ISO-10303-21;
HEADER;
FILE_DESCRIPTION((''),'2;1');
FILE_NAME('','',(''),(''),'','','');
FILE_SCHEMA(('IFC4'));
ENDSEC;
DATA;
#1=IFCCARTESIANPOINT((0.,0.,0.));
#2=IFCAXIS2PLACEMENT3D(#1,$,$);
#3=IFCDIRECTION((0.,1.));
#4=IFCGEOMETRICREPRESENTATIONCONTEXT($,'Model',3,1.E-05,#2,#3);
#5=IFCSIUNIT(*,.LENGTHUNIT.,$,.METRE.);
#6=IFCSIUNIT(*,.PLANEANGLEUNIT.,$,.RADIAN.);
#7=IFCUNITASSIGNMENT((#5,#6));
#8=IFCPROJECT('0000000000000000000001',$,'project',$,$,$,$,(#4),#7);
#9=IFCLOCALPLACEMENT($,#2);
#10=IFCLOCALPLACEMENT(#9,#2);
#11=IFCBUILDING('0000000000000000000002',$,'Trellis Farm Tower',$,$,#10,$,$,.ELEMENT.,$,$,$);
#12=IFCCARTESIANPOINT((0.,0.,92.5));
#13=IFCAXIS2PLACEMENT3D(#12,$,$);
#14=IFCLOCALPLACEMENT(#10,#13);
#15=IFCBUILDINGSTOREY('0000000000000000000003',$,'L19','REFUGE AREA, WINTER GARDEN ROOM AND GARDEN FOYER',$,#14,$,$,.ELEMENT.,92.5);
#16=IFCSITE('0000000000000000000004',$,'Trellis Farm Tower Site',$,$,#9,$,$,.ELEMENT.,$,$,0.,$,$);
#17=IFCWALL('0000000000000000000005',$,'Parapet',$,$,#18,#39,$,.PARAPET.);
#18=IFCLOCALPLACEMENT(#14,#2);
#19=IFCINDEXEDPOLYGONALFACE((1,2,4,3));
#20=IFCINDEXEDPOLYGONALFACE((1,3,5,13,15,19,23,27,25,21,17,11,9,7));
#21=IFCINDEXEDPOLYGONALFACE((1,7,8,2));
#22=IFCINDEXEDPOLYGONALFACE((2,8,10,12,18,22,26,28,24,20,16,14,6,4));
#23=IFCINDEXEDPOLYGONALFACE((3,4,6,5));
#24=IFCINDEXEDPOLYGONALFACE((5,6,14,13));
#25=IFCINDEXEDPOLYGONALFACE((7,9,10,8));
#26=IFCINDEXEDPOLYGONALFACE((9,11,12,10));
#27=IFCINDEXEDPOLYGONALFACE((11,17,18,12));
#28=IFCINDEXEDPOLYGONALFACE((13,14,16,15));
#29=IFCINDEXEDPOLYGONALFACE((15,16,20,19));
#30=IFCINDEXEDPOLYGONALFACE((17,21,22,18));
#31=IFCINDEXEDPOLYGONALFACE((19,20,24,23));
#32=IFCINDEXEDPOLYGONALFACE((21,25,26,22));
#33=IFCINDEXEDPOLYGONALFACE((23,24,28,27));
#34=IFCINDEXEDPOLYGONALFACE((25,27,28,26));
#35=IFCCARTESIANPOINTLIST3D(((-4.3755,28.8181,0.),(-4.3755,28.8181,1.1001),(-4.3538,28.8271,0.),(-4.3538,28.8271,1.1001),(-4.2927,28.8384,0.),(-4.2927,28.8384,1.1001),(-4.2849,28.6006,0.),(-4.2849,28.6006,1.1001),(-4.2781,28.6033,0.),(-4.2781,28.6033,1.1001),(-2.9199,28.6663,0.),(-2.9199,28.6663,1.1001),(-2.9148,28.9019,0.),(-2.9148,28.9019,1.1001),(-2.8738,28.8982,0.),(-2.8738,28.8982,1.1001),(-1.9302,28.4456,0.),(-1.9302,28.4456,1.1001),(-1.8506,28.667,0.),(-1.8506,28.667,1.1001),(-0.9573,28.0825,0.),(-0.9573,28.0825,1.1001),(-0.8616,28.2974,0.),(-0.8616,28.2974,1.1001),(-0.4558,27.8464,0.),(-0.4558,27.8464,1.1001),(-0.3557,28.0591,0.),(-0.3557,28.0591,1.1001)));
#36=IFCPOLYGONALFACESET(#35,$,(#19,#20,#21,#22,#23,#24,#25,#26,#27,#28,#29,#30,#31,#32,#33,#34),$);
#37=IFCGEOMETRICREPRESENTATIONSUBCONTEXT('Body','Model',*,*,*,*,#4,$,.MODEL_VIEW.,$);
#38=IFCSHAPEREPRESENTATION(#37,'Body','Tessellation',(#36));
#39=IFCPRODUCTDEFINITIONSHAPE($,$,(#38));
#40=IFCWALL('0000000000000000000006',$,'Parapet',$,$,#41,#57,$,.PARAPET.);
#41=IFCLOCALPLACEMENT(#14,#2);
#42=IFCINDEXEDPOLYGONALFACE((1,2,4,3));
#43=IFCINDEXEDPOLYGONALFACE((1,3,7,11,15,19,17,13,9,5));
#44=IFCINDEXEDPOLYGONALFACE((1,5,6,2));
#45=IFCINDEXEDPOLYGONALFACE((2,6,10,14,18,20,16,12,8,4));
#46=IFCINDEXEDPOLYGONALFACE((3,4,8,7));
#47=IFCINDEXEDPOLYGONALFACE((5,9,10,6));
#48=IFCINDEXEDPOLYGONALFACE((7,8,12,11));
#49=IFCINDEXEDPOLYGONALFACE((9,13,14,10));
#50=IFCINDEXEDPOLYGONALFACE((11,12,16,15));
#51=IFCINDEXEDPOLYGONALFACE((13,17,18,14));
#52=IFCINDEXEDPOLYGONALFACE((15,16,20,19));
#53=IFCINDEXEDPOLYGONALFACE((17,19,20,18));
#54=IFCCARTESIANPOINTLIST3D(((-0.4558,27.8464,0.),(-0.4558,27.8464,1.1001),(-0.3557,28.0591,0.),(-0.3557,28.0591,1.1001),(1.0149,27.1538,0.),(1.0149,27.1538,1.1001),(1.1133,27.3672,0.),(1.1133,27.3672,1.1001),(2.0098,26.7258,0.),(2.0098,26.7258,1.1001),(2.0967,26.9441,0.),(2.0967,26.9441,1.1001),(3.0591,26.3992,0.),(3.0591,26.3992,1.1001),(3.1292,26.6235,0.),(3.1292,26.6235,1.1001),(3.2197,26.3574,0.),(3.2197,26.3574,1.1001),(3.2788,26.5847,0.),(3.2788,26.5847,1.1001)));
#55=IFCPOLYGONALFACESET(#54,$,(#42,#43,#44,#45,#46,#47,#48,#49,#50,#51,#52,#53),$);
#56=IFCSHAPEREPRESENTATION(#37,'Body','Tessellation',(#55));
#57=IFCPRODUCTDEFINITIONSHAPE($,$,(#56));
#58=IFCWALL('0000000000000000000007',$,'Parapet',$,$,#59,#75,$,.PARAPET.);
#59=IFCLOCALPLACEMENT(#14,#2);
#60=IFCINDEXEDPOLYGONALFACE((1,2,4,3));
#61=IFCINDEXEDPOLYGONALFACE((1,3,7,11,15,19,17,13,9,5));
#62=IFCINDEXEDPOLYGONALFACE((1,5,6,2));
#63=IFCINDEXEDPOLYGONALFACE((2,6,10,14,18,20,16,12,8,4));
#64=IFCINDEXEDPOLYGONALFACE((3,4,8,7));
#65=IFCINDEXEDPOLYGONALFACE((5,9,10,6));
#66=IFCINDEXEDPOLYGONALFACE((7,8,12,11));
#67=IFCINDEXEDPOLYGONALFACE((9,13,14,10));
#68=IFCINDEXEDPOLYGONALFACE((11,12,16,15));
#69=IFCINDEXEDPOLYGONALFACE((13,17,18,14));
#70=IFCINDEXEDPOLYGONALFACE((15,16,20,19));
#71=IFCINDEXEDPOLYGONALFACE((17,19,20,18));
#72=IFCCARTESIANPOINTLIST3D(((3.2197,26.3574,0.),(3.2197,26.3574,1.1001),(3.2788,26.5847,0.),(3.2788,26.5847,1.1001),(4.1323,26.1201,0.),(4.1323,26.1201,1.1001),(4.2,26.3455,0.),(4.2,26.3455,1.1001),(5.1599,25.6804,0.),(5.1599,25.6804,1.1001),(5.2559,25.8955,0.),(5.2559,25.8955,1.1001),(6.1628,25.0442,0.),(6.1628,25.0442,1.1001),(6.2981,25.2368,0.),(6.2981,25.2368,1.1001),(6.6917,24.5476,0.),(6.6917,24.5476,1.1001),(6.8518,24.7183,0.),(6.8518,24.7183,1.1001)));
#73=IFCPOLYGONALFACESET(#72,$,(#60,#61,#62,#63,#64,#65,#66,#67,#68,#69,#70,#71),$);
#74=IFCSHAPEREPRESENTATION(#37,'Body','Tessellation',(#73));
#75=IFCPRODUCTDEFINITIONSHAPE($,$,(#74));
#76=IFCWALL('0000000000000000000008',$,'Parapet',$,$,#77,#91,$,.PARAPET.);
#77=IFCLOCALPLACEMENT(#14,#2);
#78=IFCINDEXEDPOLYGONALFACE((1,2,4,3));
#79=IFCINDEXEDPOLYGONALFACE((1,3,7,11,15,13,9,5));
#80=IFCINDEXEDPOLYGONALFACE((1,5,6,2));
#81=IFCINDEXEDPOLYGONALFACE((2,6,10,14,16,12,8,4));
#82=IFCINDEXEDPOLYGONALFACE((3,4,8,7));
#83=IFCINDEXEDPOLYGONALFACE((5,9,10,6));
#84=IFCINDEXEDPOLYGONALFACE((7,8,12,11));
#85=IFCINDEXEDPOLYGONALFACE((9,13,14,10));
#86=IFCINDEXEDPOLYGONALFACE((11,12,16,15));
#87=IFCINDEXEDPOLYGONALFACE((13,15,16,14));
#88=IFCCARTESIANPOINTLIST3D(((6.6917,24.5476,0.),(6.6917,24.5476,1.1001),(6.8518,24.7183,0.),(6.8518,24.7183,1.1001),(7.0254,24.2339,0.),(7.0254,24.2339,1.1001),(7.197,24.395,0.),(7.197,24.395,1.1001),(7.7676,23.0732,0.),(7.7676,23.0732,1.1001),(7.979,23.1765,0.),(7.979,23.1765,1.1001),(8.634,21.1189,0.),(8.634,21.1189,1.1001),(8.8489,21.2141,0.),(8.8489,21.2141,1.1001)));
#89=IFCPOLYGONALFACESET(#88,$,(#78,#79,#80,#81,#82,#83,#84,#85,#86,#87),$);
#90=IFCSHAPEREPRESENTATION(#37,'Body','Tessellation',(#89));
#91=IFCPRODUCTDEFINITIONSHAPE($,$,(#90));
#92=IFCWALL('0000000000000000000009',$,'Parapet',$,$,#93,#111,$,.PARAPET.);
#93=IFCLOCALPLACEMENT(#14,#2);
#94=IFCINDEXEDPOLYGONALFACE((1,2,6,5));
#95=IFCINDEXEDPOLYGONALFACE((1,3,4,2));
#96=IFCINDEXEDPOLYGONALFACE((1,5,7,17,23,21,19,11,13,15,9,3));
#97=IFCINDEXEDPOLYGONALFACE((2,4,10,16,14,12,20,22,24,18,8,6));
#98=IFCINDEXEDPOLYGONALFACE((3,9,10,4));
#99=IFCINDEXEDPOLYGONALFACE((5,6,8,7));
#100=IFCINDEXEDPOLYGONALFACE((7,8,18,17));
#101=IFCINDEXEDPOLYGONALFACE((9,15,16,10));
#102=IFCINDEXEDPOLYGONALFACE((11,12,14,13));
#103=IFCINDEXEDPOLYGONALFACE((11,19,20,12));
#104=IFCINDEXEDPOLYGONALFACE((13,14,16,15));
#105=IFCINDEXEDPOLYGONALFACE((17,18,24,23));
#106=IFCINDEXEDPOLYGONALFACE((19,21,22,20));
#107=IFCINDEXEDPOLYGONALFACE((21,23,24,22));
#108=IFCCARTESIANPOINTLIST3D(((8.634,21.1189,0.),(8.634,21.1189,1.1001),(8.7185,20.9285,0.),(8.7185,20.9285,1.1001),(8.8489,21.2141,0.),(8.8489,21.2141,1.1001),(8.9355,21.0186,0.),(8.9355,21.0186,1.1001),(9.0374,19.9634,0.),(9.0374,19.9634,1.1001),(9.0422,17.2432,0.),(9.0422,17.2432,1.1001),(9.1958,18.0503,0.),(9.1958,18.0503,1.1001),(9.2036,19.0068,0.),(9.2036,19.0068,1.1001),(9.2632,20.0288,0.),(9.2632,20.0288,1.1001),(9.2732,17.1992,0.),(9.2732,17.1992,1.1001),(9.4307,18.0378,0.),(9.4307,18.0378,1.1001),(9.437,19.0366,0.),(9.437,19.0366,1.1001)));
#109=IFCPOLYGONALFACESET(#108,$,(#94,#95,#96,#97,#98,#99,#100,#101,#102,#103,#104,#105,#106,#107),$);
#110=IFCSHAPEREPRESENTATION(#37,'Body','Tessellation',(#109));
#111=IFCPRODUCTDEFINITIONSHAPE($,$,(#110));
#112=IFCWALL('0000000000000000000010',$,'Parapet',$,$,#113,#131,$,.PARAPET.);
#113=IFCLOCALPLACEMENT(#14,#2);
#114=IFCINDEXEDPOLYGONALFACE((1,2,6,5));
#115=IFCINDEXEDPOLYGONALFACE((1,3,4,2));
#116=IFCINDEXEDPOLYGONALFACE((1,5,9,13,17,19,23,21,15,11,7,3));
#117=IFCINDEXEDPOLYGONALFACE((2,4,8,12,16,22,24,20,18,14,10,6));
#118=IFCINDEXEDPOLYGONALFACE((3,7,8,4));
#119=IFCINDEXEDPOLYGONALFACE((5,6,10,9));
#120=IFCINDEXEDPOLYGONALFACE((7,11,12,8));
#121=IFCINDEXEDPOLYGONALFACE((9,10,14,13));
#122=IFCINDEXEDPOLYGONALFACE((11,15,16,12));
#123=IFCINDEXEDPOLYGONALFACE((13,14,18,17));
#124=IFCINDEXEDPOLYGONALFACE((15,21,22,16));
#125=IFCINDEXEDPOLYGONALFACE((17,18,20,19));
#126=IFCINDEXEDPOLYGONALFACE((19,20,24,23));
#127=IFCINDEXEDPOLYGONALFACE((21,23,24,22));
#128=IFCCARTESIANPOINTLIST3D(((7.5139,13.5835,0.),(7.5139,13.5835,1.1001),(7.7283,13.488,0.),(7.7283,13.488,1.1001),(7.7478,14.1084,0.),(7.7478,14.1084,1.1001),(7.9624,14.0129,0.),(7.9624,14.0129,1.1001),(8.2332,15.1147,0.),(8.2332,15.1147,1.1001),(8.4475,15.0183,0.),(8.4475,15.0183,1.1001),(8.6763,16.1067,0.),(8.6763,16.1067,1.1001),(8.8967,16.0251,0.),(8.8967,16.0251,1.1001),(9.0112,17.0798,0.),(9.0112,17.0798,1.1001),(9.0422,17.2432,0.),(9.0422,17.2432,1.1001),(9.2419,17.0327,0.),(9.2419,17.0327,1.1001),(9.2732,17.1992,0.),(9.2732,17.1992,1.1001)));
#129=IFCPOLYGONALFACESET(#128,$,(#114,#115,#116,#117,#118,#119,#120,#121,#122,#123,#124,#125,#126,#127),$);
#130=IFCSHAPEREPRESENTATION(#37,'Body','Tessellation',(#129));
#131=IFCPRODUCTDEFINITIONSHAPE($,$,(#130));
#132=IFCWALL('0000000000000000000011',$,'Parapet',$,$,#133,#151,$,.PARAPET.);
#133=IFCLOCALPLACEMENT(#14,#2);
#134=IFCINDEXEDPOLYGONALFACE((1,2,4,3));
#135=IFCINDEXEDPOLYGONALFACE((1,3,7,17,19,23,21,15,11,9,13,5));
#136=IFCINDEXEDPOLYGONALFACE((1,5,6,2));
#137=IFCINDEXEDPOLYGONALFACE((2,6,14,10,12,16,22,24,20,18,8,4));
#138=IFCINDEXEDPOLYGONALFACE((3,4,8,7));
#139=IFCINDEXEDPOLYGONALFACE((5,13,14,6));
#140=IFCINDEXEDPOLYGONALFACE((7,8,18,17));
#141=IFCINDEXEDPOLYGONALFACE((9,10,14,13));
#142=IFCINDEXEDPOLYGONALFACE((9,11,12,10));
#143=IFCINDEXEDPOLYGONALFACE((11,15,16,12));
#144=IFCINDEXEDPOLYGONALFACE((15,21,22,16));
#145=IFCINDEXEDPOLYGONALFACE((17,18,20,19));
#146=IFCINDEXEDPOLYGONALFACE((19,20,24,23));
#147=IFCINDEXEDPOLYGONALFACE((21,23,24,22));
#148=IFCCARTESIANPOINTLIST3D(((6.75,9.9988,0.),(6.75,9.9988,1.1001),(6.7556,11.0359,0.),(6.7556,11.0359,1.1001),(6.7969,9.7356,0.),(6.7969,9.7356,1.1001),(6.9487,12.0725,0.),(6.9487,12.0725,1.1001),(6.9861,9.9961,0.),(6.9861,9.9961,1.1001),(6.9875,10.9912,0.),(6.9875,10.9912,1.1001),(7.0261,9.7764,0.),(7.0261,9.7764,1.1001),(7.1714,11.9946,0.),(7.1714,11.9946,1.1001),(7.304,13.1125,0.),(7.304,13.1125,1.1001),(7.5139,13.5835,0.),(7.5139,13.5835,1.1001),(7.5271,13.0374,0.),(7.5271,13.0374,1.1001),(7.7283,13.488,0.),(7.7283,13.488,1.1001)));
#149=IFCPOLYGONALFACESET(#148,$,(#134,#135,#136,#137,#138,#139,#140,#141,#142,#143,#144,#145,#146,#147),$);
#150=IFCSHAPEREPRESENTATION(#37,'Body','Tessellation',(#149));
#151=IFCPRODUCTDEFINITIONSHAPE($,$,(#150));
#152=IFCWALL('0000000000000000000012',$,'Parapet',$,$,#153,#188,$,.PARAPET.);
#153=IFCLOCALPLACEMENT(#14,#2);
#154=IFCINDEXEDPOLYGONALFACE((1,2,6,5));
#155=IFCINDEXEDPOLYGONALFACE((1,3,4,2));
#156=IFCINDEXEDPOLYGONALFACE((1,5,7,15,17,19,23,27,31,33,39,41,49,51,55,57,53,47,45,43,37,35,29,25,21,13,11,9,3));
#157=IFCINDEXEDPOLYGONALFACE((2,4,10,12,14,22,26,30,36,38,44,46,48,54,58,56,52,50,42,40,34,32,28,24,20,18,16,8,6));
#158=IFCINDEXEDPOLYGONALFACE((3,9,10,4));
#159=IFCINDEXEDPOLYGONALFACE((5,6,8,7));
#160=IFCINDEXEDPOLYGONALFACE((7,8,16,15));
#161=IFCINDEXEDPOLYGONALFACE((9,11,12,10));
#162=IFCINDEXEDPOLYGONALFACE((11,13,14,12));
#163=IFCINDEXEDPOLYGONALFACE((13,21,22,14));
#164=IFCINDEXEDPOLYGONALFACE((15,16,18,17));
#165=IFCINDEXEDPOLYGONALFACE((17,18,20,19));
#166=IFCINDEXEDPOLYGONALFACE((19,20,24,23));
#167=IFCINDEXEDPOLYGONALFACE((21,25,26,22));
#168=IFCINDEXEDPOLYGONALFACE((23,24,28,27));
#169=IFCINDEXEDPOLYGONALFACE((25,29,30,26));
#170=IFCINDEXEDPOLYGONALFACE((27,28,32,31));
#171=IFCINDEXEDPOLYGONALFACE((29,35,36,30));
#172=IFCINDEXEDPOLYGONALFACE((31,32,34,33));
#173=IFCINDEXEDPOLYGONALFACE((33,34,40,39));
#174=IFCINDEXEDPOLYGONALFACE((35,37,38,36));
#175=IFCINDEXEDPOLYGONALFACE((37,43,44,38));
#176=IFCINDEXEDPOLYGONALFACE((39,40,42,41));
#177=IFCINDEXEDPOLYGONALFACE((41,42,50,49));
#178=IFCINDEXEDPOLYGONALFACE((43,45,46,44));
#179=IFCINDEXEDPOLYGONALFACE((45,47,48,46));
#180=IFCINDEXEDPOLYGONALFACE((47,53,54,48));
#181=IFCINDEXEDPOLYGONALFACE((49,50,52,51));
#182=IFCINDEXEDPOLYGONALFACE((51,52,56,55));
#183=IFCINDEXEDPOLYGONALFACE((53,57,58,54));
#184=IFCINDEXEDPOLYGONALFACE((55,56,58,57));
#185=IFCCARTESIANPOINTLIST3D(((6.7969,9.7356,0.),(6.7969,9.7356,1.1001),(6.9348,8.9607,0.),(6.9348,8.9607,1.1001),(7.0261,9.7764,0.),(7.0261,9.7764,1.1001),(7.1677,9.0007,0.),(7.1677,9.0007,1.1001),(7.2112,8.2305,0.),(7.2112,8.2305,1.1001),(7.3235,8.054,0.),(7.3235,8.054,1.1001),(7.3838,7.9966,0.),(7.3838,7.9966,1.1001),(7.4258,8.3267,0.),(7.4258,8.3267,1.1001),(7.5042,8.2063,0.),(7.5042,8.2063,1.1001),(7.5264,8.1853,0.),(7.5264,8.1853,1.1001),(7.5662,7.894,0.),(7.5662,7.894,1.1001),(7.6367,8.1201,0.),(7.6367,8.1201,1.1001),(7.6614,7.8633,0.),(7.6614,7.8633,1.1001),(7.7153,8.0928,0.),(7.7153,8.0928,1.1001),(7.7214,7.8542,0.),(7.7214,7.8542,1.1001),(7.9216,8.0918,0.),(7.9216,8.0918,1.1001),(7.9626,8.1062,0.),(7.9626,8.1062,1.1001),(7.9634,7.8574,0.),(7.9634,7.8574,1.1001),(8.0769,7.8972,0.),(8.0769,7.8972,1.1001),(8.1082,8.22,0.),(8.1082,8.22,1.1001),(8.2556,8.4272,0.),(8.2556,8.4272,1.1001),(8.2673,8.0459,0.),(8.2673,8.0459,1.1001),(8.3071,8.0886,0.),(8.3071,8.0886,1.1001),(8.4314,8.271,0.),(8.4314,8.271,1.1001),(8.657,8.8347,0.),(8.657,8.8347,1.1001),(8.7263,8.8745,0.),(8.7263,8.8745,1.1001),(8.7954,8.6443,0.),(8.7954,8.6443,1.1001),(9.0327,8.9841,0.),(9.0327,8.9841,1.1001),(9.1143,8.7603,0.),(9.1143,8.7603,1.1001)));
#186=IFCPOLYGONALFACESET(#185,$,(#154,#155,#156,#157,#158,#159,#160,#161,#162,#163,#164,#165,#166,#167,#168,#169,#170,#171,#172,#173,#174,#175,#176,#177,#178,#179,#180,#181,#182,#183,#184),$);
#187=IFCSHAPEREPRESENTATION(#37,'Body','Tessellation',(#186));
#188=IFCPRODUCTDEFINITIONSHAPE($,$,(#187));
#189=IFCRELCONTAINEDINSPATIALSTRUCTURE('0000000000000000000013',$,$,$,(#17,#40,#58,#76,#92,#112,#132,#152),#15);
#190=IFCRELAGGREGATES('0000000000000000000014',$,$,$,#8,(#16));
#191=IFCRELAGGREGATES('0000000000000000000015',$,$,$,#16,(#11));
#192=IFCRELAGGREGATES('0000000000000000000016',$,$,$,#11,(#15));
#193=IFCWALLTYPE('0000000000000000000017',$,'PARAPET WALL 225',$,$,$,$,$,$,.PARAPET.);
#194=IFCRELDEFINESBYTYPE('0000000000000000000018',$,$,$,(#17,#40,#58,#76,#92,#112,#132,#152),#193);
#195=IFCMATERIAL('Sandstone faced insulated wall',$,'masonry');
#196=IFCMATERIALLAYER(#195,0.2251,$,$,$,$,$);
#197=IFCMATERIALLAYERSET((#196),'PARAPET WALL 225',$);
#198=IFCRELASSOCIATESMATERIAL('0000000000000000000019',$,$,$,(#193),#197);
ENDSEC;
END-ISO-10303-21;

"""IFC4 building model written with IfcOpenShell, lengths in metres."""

from ifc_helpers import new_model, si_unit, direction, frame, origin, place, context, subcontext, project, spatial, polyline, outline, extrude, material, layer, layer_set, type_object, element, save


model = new_model("IFC4")

# Units and contexts
model_context = context("Model", 3, precision=1e-05, world=origin(), true_north=direction((0.0, 1.0)))
body_context = subcontext(model_context, "Body", "Model", "MODEL_VIEW")
ifc_project = project(units=[si_unit("LENGTHUNIT", "METRE"), si_unit("PLANEANGLEUNIT", "RADIAN")], contexts=[model_context])

# Site, building, storey
site_placement = place(None, origin())
site = spatial("IfcSite", under=ifc_project, at=site_placement, Name="Trellis Farm Tower Site", CompositionType="ELEMENT", RefElevation=0.0)
building_placement = place(site_placement, origin())
building = spatial("IfcBuilding", under=site, at=building_placement, Name="Trellis Farm Tower", CompositionType="ELEMENT")
storey_placement = place(building_placement, frame((0.0, 0.0, 92.5)))
storey = spatial("IfcBuildingStorey", under=building, at=storey_placement, Name="L19", Description="REFUGE AREA, WINTER GARDEN ROOM AND GARDEN FOYER", CompositionType="ELEMENT", Elevation=92.5)

# Walls
ifc_material_1 = material(Name="Sandstone faced insulated wall", Category="masonry")
ifc_layer_1 = layer(ifc_material_1, 0.2251)
ifc_layer_set_1 = layer_set([ifc_layer_1], Name="PARAPET WALL 225")
wall_type = type_object("IfcWallType", Name="PARAPET WALL 225", PredefinedType="PARAPET", material=ifc_layer_set_1)
placement = place(storey_placement, origin())
element("IfcWall", 1, at=placement, inside=storey, type_object=wall_type, Name="Parapet", PredefinedType="PARAPET", context=body_context, shape_type="SweptSolid", body=[
    extrude(outline(polyline([(-4.3755, 28.8181), (-4.3538, 28.8271), (-4.2927, 28.8384), (-2.9148, 28.9019), (-2.8738, 28.8982), (-1.8506, 28.667), (-0.8616, 28.2974), (-0.3557, 28.0591), (-0.4558, 27.8464), (-0.9573, 28.0825), (-1.9302, 28.4456), (-2.9199, 28.6663), (-4.2781, 28.6033), (-4.2849, 28.6006), (-4.3755, 28.8181)])), origin(), (0.0, 0.0, 1.0), 1.1001),
])
element("IfcWall", 2, at=placement, inside=storey, type_object=wall_type, Name="Parapet", PredefinedType="PARAPET", context=body_context, shape_type="SweptSolid", body=[
    extrude(outline(polyline([(-0.3557, 28.0591), (1.1133, 27.3672), (2.0967, 26.9441), (3.1292, 26.6235), (3.2788, 26.5847), (3.2197, 26.3574), (3.0591, 26.3992), (2.0098, 26.7258), (1.0149, 27.1538), (-0.4558, 27.8464), (-0.3557, 28.0591)])), origin(), (0.0, 0.0, 1.0), 1.1001),
])
element("IfcWall", 3, at=placement, inside=storey, type_object=wall_type, Name="Parapet", PredefinedType="PARAPET", context=body_context, shape_type="SweptSolid", body=[
    extrude(outline(polyline([(3.2788, 26.5847), (4.2, 26.3455), (5.2559, 25.8955), (6.2981, 25.2368), (6.8518, 24.7183), (6.6917, 24.5476), (6.1628, 25.0442), (5.1599, 25.6804), (4.1323, 26.1201), (3.2197, 26.3574), (3.2788, 26.5847)])), origin(), (0.0, 0.0, 1.0), 1.1001),
])
element("IfcWall", 4, at=placement, inside=storey, type_object=wall_type, Name="Parapet", PredefinedType="PARAPET", context=body_context, shape_type="SweptSolid", body=[
    extrude(outline(polyline([(6.8518, 24.7183), (7.197, 24.395), (7.979, 23.1765), (8.8489, 21.2141), (8.634, 21.1189), (7.7676, 23.0732), (7.0254, 24.2339), (6.6917, 24.5476), (6.8518, 24.7183)])), origin(), (0.0, 0.0, 1.0), 1.1001),
])
element("IfcWall", 5, at=placement, inside=storey, type_object=wall_type, Name="Parapet", PredefinedType="PARAPET", context=body_context, shape_type="SweptSolid", body=[
    extrude(outline(polyline([(8.8489, 21.2141), (8.9355, 21.0186), (9.2632, 20.0288), (9.437, 19.0366), (9.4307, 18.0378), (9.2732, 17.1992), (9.0422, 17.2432), (9.1958, 18.0503), (9.2036, 19.0068), (9.0374, 19.9634), (8.7185, 20.9285), (8.634, 21.1189), (8.8489, 21.2141)])), origin(), (0.0, 0.0, 1.0), 1.1001),
])
element("IfcWall", 6, at=placement, inside=storey, type_object=wall_type, Name="Parapet", PredefinedType="PARAPET", context=body_context, shape_type="SweptSolid", body=[
    extrude(outline(polyline([(9.2732, 17.1992), (9.2419, 17.0327), (8.8967, 16.0251), (8.4475, 15.0183), (7.9624, 14.0129), (7.7283, 13.488), (7.5139, 13.5835), (7.7478, 14.1084), (8.2332, 15.1147), (8.6763, 16.1067), (9.0112, 17.0798), (9.0422, 17.2432), (9.2732, 17.1992)])), origin(), (0.0, 0.0, 1.0), 1.1001),
])
element("IfcWall", 7, at=placement, inside=storey, type_object=wall_type, Name="Parapet", PredefinedType="PARAPET", context=body_context, shape_type="SweptSolid", body=[
    extrude(outline(polyline([(7.7283, 13.488), (7.5271, 13.0374), (7.1714, 11.9946), (6.9875, 10.9912), (6.9861, 9.9961), (7.0261, 9.7764), (6.7969, 9.7356), (6.75, 9.9988), (6.7556, 11.0359), (6.9487, 12.0725), (7.304, 13.1125), (7.5139, 13.5835), (7.7283, 13.488)])), origin(), (0.0, 0.0, 1.0), 1.1001),
])
element("IfcWall", 8, at=placement, inside=storey, type_object=wall_type, Name="Parapet", PredefinedType="PARAPET", context=body_context, shape_type="SweptSolid", body=[
    extrude(outline(polyline([(7.0261, 9.7764), (7.1677, 9.0007), (7.4258, 8.3267), (7.5042, 8.2063), (7.5264, 8.1853), (7.6367, 8.1201), (7.7153, 8.0928), (7.9216, 8.0918), (7.9626, 8.1062), (8.1082, 8.22), (8.2556, 8.4272), (8.657, 8.8347), (8.7263, 8.8745), (9.0327, 8.9841), (9.1143, 8.7603), (8.7954, 8.6443), (8.4314, 8.271), (8.3071, 8.0886), (8.2673, 8.0459), (8.0769, 7.8972), (7.9634, 7.8574), (7.7214, 7.8542), (7.6614, 7.8633), (7.5662, 7.894), (7.3838, 7.9966), (7.3235, 8.054), (7.2112, 8.2305), (6.9348, 8.9607), (6.7969, 9.7356), (7.0261, 9.7764)])), origin(), (0.0, 0.0, 1.0), 1.1001),
])

save(model, "model.ifc")
